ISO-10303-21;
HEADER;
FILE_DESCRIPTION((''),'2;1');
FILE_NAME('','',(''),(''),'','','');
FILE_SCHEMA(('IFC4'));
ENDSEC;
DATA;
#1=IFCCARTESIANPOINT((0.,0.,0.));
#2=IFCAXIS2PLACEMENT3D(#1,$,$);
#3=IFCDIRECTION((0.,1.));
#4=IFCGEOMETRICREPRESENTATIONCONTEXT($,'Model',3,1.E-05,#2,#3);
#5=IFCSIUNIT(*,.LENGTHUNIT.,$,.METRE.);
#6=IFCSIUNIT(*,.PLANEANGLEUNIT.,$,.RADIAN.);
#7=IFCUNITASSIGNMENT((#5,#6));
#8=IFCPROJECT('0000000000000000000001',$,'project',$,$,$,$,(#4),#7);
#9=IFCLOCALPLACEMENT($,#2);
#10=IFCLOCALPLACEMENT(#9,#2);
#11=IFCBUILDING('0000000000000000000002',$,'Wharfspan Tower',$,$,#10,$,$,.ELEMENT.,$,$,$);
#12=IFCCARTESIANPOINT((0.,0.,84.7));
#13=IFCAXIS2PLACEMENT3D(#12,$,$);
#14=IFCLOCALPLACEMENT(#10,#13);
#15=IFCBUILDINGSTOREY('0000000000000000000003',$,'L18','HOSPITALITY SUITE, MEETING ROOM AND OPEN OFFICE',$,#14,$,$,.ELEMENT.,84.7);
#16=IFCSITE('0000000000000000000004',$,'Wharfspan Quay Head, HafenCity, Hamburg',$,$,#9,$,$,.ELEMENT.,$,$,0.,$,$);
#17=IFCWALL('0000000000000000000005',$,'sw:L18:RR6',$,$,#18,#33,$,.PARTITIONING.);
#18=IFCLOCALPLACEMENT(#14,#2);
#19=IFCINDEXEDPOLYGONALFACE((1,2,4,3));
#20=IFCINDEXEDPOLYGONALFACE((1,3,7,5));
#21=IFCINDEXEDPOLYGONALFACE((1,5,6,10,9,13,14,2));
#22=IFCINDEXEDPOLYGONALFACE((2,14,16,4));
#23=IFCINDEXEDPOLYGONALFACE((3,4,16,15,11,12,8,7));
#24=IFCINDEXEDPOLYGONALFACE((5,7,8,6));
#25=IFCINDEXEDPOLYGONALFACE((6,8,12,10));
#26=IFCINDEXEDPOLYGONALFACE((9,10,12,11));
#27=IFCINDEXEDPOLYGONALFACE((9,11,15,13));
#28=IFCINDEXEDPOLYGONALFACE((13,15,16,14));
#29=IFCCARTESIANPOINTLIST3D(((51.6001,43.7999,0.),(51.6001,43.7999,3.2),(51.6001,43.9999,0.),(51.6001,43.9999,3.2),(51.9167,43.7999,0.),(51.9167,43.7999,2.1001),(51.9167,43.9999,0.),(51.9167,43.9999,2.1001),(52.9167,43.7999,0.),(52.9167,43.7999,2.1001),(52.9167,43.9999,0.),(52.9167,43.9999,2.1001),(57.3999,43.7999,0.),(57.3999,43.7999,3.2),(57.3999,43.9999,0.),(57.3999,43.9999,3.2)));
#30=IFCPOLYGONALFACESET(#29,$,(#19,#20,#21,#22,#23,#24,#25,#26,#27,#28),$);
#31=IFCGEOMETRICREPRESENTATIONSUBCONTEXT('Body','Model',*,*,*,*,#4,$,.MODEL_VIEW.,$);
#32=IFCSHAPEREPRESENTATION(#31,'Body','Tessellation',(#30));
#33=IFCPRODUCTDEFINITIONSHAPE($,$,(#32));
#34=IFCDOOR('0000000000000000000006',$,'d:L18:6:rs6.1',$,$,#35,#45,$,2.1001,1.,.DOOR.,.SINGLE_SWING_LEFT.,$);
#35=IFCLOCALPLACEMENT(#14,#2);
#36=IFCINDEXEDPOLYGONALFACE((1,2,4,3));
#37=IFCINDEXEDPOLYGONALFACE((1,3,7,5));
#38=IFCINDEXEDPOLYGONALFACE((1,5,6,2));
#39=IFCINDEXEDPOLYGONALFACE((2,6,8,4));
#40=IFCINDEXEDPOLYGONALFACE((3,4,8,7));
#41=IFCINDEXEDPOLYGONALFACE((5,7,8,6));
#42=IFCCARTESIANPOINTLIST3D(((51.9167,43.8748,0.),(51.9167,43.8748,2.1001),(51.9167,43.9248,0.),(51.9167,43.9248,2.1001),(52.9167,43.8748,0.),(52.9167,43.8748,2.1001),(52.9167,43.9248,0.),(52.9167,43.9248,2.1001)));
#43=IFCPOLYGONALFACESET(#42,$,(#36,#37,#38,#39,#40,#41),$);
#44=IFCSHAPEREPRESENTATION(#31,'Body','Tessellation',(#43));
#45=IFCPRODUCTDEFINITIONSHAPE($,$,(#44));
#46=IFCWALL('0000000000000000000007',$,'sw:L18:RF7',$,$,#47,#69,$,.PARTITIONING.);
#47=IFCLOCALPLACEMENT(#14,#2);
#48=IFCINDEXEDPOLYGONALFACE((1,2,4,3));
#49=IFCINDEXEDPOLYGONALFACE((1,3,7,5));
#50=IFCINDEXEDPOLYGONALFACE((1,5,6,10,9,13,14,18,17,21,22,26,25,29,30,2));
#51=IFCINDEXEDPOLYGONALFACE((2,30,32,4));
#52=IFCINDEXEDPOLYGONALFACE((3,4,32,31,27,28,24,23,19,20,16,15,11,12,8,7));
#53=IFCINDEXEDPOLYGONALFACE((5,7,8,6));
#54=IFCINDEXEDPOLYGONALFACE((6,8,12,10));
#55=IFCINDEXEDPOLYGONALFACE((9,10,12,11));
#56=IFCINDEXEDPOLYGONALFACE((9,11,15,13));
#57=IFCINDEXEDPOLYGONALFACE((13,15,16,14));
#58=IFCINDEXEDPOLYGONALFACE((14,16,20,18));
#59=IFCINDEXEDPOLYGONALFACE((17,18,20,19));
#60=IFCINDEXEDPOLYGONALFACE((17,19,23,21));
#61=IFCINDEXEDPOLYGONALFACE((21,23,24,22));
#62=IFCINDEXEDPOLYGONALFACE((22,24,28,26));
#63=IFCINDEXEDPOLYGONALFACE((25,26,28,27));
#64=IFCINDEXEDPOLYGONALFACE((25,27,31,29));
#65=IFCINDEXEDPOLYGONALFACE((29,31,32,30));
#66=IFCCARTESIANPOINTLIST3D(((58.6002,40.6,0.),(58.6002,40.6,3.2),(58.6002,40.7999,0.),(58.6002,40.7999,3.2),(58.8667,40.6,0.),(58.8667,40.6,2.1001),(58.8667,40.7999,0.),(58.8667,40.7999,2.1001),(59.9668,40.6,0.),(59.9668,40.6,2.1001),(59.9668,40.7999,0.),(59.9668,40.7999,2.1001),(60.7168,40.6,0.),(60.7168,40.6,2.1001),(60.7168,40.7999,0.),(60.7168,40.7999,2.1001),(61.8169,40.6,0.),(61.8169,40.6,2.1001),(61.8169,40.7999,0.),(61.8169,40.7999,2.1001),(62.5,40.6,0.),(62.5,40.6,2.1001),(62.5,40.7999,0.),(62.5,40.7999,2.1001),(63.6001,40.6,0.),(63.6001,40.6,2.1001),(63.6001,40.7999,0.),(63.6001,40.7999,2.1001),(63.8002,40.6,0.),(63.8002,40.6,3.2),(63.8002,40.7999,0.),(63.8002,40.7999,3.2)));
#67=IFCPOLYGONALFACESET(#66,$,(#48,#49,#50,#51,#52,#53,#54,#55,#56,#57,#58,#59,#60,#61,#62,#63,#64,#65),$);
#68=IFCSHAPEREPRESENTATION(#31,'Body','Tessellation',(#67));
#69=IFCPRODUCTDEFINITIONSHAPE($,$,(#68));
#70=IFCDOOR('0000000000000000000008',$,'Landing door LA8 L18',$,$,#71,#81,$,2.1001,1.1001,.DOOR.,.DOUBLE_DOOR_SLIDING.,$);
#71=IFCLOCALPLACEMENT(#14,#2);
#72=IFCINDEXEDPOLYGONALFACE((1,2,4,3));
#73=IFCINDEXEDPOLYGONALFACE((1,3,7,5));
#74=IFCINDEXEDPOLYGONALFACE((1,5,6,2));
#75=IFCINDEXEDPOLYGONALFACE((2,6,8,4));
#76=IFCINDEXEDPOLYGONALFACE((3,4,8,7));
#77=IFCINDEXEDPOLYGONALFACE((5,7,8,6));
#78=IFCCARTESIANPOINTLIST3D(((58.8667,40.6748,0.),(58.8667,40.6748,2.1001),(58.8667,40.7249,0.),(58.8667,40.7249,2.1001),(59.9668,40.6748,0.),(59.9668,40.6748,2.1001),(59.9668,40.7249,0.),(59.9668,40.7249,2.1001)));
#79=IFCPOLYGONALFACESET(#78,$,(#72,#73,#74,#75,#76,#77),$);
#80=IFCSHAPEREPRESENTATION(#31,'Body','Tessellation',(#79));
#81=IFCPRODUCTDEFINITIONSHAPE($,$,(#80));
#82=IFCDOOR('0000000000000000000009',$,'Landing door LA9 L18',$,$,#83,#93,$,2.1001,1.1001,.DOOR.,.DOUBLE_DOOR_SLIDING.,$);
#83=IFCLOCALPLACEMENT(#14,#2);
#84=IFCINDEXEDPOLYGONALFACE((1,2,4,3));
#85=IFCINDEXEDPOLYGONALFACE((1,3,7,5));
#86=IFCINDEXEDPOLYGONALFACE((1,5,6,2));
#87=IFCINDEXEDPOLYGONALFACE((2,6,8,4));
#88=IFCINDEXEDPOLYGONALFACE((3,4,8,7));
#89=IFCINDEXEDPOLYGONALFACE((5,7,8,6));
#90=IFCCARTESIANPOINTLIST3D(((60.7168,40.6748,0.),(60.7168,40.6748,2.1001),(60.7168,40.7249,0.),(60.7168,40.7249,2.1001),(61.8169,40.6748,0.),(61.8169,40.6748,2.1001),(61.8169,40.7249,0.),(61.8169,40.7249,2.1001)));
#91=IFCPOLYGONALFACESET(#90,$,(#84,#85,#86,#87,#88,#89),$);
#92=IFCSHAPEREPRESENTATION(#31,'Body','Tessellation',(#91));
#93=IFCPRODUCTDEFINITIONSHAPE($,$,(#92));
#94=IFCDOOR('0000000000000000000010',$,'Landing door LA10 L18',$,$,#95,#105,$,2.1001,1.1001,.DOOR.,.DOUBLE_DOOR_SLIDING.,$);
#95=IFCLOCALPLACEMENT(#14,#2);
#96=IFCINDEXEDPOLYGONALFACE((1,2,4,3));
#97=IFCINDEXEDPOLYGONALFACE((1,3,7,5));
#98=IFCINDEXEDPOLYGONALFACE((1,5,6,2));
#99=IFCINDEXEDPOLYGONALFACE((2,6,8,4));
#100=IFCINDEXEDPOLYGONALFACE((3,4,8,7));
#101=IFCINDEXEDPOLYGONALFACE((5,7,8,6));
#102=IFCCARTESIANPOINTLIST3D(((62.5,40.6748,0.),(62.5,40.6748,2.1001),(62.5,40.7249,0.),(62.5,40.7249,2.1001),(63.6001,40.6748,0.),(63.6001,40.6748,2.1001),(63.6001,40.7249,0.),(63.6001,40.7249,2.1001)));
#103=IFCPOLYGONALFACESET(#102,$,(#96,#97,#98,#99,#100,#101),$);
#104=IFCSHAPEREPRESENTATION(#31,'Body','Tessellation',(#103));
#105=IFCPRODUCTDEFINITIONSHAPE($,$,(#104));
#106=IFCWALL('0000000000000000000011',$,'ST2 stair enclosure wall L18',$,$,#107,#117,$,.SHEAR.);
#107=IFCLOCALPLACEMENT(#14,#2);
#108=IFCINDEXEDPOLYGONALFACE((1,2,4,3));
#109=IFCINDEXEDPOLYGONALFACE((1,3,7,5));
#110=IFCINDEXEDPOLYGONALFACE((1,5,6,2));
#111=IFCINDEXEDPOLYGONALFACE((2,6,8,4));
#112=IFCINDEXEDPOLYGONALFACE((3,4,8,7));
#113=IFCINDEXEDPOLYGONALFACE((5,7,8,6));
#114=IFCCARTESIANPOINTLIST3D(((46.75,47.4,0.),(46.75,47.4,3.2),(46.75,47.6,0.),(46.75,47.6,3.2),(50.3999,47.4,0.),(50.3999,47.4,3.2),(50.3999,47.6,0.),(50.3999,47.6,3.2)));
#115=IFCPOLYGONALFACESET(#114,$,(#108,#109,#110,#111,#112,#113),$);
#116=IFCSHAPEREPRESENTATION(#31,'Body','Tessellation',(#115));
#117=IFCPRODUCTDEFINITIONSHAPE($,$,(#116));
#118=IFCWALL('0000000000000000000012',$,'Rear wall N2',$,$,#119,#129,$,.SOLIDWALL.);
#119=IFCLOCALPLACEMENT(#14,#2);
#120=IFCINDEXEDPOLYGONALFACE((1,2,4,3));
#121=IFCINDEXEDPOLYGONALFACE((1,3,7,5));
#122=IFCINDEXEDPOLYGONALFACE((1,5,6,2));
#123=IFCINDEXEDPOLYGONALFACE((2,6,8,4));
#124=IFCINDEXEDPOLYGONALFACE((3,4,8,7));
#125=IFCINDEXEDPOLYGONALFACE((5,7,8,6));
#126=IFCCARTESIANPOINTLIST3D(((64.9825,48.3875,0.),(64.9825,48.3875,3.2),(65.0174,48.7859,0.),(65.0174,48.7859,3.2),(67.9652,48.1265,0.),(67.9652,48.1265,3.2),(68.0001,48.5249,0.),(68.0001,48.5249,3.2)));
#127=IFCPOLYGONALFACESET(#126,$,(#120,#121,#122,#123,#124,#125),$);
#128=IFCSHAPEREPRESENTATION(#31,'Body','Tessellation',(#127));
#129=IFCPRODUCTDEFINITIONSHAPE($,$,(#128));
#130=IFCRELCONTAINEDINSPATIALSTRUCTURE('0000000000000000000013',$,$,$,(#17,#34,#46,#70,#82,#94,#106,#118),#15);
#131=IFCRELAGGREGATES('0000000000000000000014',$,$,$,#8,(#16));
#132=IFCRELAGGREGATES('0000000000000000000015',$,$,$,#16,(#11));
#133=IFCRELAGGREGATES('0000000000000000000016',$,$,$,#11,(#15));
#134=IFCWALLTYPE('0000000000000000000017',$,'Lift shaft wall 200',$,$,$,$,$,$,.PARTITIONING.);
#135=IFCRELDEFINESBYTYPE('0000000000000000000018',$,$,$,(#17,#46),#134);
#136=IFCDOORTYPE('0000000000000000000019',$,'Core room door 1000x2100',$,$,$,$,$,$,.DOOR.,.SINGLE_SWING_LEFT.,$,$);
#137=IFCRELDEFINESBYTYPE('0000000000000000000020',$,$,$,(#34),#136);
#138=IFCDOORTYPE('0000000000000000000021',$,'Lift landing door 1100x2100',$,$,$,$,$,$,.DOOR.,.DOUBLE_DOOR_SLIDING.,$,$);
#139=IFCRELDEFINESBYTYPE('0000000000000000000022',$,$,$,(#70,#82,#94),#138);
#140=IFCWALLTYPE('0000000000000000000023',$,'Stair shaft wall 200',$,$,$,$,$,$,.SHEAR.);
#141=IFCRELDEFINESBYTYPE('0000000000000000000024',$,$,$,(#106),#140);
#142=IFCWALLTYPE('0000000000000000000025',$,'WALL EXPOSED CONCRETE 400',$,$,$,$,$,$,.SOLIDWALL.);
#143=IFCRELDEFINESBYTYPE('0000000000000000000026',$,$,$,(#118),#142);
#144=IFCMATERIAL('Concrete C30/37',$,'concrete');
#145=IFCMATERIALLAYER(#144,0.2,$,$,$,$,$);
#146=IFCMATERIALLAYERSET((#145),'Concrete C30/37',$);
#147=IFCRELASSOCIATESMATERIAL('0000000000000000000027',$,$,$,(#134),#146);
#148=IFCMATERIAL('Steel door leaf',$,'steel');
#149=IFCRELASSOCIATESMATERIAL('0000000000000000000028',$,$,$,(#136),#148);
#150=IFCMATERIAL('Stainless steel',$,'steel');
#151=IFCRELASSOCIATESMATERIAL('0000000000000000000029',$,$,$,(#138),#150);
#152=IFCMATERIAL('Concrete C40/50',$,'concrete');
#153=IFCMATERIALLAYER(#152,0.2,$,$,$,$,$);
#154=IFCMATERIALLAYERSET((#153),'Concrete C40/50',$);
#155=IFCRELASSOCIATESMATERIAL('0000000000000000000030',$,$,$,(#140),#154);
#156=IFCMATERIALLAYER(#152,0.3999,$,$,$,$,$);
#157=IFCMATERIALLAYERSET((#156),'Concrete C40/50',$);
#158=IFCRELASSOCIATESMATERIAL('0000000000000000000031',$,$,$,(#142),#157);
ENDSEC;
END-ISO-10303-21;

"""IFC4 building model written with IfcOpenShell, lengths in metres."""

from ifc_helpers import new_model, si_unit, direction, frame, frame_2d, origin, place, context, subcontext, project, spatial, rectangle, extrude, material, layer, layer_set, type_object, element, fill, save


model = new_model("IFC4")

# Units and contexts
model_context = context("Model", 3, precision=1e-05, world=origin(), true_north=direction((0.0, 1.0)))
body_context = subcontext(model_context, "Body", "Model", "MODEL_VIEW")
ifc_project = project(units=[si_unit("LENGTHUNIT", "METRE"), si_unit("PLANEANGLEUNIT", "RADIAN")], contexts=[model_context])

# Site, building, storey
site_placement = place(None, origin())
site = spatial("IfcSite", under=ifc_project, at=site_placement, Name="Wharfspan Quay Head, HafenCity, Hamburg", CompositionType="ELEMENT", RefElevation=0.0)
building_placement = place(site_placement, origin())
building = spatial("IfcBuilding", under=site, at=building_placement, Name="Wharfspan Tower", CompositionType="ELEMENT")
storey_placement = place(building_placement, frame((0.0, 0.0, 84.7)))
storey = spatial("IfcBuildingStorey", under=building, at=storey_placement, Name="L18", Description="HOSPITALITY SUITE, MEETING ROOM AND OPEN OFFICE", CompositionType="ELEMENT", Elevation=84.7)

# Wall, opening, door
ifc_material_1 = material(Name="Concrete C30/37", Category="concrete")
ifc_layer_1 = layer(ifc_material_1, 0.2)
ifc_layer_set_1 = layer_set([ifc_layer_1], Name="Concrete C30/37")
wall_type_1 = type_object("IfcWallType", Name="Lift shaft wall 200", PredefinedType="PARTITIONING", material=ifc_layer_set_1)
ifc_material_2 = material(Name="Steel door leaf", Category="steel")
door_type_1 = type_object("IfcDoorType", Name="Core room door 1000x2100", OperationType="SINGLE_SWING_LEFT", PredefinedType="DOOR", material=ifc_material_2)
wall_1_placement = place(storey_placement, frame((51.6001, 43.8999, 0.0), z_axis=(0.0, 0.0, 1.0), x_axis=(1.0, 0.0, 0.0)))
wall_1 = element("IfcWall", 1, at=wall_1_placement, inside=storey, type_object=wall_type_1, Name="sw:L18:RR6", PredefinedType="PARTITIONING", context=body_context, shape_type="SweptSolid", body=[
    extrude(rectangle(XDim=5.7998, YDim=0.2, at=frame_2d((2.8999, 0.0))), origin(), (0.0, 0.0, 1.0), 3.2),
])
opening_1_placement = place(wall_1_placement, frame((0.3166, 0.0, 0.0)))
opening_1 = element("IfcOpeningElement", 2, at=opening_1_placement, cuts=wall_1, PredefinedType="OPENING", context=body_context, shape_type="SweptSolid", body=[
    extrude(rectangle(XDim=1.0, YDim=2.1001, at=frame_2d((0.5, 1.05))), frame((0.0, 0.1099, 0.0), z_axis=(0.0, -1.0, 0.0), x_axis=(1.0, 0.0, 0.0)), (0.0, 0.0, 1.0), 0.22),
])
door_1_placement = place(opening_1_placement, origin())
door_1 = element("IfcDoor", 3, at=door_1_placement, inside=storey, type_object=door_type_1, Name="d:L18:6:rs6.1", OperationType="SINGLE_SWING_LEFT", OverallHeight=2.1001, OverallWidth=1.0, PredefinedType="DOOR", context=body_context, shape_type="SweptSolid", body=[
    extrude(rectangle(XDim=1.0, YDim=2.1001, at=frame_2d((0.5, 1.05))), frame((0.0, 0.0249, 0.0), z_axis=(0.0, -1.0, 0.0), x_axis=(1.0, 0.0, 0.0)), (0.0, 0.0, 1.0), 0.05),
])
fill(opening_1, door_1)

# Wall, openings, doors
wall_2_placement = place(storey_placement, frame((58.6001, 40.7, 0.0), z_axis=(0.0, 0.0, 1.0), x_axis=(1.0, 0.0, 0.0)))
wall_2 = element("IfcWall", 4, at=wall_2_placement, inside=storey, type_object=wall_type_1, Name="sw:L18:RF7", PredefinedType="PARTITIONING", context=body_context, shape_type="SweptSolid", body=[
    extrude(rectangle(XDim=5.2, YDim=0.2, at=frame_2d((2.6001, 0.0))), origin(), (0.0, 0.0, 1.0), 3.2),
])
opening_2_placement = place(wall_2_placement, frame((0.2666, 0.0, 0.0)))
opening_2 = element("IfcOpeningElement", 5, at=opening_2_placement, cuts=wall_2, PredefinedType="OPENING", context=body_context, shape_type="SweptSolid", body=[
    extrude(rectangle(XDim=1.1001, YDim=2.1001, at=frame_2d((0.55, 1.05))), frame((0.0, 0.1099, 0.0), z_axis=(0.0, -1.0, 0.0), x_axis=(1.0, 0.0, 0.0)), (0.0, 0.0, 1.0), 0.22),
])
opening_3_placement = place(wall_2_placement, frame((2.1167, 0.0, 0.0)))
opening_3 = element("IfcOpeningElement", 6, at=opening_3_placement, cuts=wall_2, PredefinedType="OPENING", context=body_context, shape_type="SweptSolid", body=[
    extrude(rectangle(XDim=1.1001, YDim=2.1001, at=frame_2d((0.55, 1.05))), frame((0.0, 0.1099, 0.0), z_axis=(0.0, -1.0, 0.0), x_axis=(1.0, 0.0, 0.0)), (0.0, 0.0, 1.0), 0.22),
])
opening_4_placement = place(wall_2_placement, frame((3.8999, 0.0, 0.0)))
opening_4 = element("IfcOpeningElement", 7, at=opening_4_placement, cuts=wall_2, PredefinedType="OPENING", context=body_context, shape_type="SweptSolid", body=[
    extrude(rectangle(XDim=1.1001, YDim=2.1001, at=frame_2d((0.55, 1.05))), frame((0.0, 0.1099, 0.0), z_axis=(0.0, -1.0, 0.0), x_axis=(1.0, 0.0, 0.0)), (0.0, 0.0, 1.0), 0.22),
])
ifc_material_3 = material(Name="Stainless steel", Category="steel")
door_type_2 = type_object("IfcDoorType", Name="Lift landing door 1100x2100", OperationType="DOUBLE_DOOR_SLIDING", PredefinedType="DOOR", material=ifc_material_3)
door_2_placement = place(opening_2_placement, origin())
door_2 = element("IfcDoor", 8, at=door_2_placement, inside=storey, type_object=door_type_2, Name="Landing door LA8 L18", OperationType="DOUBLE_DOOR_SLIDING", OverallHeight=2.1001, OverallWidth=1.1001, PredefinedType="DOOR", context=body_context, shape_type="SweptSolid", body=[
    extrude(rectangle(XDim=1.1001, YDim=2.1001, at=frame_2d((0.55, 1.05))), frame((0.0, 0.0249, 0.0), z_axis=(0.0, -1.0, 0.0), x_axis=(1.0, 0.0, 0.0)), (0.0, 0.0, 1.0), 0.05),
])
fill(opening_2, door_2)
door_3_placement = place(opening_3_placement, origin())
door_3 = element("IfcDoor", 9, at=door_3_placement, inside=storey, type_object=door_type_2, Name="Landing door LA9 L18", OperationType="DOUBLE_DOOR_SLIDING", OverallHeight=2.1001, OverallWidth=1.1001, PredefinedType="DOOR", context=body_context, shape_type="SweptSolid", body=[
    extrude(rectangle(XDim=1.1001, YDim=2.1001, at=frame_2d((0.55, 1.05))), frame((0.0, 0.0249, 0.0), z_axis=(0.0, -1.0, 0.0), x_axis=(1.0, 0.0, 0.0)), (0.0, 0.0, 1.0), 0.05),
])
fill(opening_3, door_3)
door_4_placement = place(opening_4_placement, origin())
door_4 = element("IfcDoor", 10, at=door_4_placement, inside=storey, type_object=door_type_2, Name="Landing door LA10 L18", OperationType="DOUBLE_DOOR_SLIDING", OverallHeight=2.1001, OverallWidth=1.1001, PredefinedType="DOOR", context=body_context, shape_type="SweptSolid", body=[
    extrude(rectangle(XDim=1.1001, YDim=2.1001, at=frame_2d((0.55, 1.05))), frame((0.0, 0.0249, 0.0), z_axis=(0.0, -1.0, 0.0), x_axis=(1.0, 0.0, 0.0)), (0.0, 0.0, 1.0), 0.05),
])
fill(opening_4, door_4)

# Walls
ifc_material_4 = material(Name="Concrete C40/50", Category="concrete")
ifc_layer_2 = layer(ifc_material_4, 0.2)
ifc_layer_set_2 = layer_set([ifc_layer_2], Name="Concrete C40/50")
wall_type_2 = type_object("IfcWallType", Name="Stair shaft wall 200", PredefinedType="SHEAR", material=ifc_layer_set_2)
wall_3_placement = place(storey_placement, frame((46.75, 47.5, 0.0), z_axis=(0.0, 0.0, 1.0), x_axis=(1.0, 0.0, 0.0)))
element("IfcWall", 11, at=wall_3_placement, inside=storey, type_object=wall_type_2, Name="ST2 stair enclosure wall L18", PredefinedType="SHEAR", context=body_context, shape_type="SweptSolid", body=[
    extrude(rectangle(XDim=3.6499, YDim=0.2, at=frame_2d((1.825, 0.0))), origin(), (0.0, 0.0, 1.0), 3.2),
])
ifc_layer_3 = layer(ifc_material_4, 0.3999)
ifc_layer_set_3 = layer_set([ifc_layer_3], Name="Concrete C40/50")
wall_type_3 = type_object("IfcWallType", Name="WALL EXPOSED CONCRETE 400", PredefinedType="SOLIDWALL", material=ifc_layer_set_3)
wall_4_placement = place(storey_placement, frame((67.9827, 48.3257, 0.0), z_axis=(0.0, 0.0, 1.0), x_axis=(-0.996194, 0.087168, 0.0)))
element("IfcWall", 12, at=wall_4_placement, inside=storey, type_object=wall_type_3, Name="Rear wall N2", PredefinedType="SOLIDWALL", context=body_context, shape_type="SweptSolid", body=[
    extrude(rectangle(XDim=2.9941, YDim=0.3999, at=frame_2d((1.4971, 0.0))), origin(), (0.0, 0.0, 1.0), 3.2),
])

save(model, "model.ifc")
